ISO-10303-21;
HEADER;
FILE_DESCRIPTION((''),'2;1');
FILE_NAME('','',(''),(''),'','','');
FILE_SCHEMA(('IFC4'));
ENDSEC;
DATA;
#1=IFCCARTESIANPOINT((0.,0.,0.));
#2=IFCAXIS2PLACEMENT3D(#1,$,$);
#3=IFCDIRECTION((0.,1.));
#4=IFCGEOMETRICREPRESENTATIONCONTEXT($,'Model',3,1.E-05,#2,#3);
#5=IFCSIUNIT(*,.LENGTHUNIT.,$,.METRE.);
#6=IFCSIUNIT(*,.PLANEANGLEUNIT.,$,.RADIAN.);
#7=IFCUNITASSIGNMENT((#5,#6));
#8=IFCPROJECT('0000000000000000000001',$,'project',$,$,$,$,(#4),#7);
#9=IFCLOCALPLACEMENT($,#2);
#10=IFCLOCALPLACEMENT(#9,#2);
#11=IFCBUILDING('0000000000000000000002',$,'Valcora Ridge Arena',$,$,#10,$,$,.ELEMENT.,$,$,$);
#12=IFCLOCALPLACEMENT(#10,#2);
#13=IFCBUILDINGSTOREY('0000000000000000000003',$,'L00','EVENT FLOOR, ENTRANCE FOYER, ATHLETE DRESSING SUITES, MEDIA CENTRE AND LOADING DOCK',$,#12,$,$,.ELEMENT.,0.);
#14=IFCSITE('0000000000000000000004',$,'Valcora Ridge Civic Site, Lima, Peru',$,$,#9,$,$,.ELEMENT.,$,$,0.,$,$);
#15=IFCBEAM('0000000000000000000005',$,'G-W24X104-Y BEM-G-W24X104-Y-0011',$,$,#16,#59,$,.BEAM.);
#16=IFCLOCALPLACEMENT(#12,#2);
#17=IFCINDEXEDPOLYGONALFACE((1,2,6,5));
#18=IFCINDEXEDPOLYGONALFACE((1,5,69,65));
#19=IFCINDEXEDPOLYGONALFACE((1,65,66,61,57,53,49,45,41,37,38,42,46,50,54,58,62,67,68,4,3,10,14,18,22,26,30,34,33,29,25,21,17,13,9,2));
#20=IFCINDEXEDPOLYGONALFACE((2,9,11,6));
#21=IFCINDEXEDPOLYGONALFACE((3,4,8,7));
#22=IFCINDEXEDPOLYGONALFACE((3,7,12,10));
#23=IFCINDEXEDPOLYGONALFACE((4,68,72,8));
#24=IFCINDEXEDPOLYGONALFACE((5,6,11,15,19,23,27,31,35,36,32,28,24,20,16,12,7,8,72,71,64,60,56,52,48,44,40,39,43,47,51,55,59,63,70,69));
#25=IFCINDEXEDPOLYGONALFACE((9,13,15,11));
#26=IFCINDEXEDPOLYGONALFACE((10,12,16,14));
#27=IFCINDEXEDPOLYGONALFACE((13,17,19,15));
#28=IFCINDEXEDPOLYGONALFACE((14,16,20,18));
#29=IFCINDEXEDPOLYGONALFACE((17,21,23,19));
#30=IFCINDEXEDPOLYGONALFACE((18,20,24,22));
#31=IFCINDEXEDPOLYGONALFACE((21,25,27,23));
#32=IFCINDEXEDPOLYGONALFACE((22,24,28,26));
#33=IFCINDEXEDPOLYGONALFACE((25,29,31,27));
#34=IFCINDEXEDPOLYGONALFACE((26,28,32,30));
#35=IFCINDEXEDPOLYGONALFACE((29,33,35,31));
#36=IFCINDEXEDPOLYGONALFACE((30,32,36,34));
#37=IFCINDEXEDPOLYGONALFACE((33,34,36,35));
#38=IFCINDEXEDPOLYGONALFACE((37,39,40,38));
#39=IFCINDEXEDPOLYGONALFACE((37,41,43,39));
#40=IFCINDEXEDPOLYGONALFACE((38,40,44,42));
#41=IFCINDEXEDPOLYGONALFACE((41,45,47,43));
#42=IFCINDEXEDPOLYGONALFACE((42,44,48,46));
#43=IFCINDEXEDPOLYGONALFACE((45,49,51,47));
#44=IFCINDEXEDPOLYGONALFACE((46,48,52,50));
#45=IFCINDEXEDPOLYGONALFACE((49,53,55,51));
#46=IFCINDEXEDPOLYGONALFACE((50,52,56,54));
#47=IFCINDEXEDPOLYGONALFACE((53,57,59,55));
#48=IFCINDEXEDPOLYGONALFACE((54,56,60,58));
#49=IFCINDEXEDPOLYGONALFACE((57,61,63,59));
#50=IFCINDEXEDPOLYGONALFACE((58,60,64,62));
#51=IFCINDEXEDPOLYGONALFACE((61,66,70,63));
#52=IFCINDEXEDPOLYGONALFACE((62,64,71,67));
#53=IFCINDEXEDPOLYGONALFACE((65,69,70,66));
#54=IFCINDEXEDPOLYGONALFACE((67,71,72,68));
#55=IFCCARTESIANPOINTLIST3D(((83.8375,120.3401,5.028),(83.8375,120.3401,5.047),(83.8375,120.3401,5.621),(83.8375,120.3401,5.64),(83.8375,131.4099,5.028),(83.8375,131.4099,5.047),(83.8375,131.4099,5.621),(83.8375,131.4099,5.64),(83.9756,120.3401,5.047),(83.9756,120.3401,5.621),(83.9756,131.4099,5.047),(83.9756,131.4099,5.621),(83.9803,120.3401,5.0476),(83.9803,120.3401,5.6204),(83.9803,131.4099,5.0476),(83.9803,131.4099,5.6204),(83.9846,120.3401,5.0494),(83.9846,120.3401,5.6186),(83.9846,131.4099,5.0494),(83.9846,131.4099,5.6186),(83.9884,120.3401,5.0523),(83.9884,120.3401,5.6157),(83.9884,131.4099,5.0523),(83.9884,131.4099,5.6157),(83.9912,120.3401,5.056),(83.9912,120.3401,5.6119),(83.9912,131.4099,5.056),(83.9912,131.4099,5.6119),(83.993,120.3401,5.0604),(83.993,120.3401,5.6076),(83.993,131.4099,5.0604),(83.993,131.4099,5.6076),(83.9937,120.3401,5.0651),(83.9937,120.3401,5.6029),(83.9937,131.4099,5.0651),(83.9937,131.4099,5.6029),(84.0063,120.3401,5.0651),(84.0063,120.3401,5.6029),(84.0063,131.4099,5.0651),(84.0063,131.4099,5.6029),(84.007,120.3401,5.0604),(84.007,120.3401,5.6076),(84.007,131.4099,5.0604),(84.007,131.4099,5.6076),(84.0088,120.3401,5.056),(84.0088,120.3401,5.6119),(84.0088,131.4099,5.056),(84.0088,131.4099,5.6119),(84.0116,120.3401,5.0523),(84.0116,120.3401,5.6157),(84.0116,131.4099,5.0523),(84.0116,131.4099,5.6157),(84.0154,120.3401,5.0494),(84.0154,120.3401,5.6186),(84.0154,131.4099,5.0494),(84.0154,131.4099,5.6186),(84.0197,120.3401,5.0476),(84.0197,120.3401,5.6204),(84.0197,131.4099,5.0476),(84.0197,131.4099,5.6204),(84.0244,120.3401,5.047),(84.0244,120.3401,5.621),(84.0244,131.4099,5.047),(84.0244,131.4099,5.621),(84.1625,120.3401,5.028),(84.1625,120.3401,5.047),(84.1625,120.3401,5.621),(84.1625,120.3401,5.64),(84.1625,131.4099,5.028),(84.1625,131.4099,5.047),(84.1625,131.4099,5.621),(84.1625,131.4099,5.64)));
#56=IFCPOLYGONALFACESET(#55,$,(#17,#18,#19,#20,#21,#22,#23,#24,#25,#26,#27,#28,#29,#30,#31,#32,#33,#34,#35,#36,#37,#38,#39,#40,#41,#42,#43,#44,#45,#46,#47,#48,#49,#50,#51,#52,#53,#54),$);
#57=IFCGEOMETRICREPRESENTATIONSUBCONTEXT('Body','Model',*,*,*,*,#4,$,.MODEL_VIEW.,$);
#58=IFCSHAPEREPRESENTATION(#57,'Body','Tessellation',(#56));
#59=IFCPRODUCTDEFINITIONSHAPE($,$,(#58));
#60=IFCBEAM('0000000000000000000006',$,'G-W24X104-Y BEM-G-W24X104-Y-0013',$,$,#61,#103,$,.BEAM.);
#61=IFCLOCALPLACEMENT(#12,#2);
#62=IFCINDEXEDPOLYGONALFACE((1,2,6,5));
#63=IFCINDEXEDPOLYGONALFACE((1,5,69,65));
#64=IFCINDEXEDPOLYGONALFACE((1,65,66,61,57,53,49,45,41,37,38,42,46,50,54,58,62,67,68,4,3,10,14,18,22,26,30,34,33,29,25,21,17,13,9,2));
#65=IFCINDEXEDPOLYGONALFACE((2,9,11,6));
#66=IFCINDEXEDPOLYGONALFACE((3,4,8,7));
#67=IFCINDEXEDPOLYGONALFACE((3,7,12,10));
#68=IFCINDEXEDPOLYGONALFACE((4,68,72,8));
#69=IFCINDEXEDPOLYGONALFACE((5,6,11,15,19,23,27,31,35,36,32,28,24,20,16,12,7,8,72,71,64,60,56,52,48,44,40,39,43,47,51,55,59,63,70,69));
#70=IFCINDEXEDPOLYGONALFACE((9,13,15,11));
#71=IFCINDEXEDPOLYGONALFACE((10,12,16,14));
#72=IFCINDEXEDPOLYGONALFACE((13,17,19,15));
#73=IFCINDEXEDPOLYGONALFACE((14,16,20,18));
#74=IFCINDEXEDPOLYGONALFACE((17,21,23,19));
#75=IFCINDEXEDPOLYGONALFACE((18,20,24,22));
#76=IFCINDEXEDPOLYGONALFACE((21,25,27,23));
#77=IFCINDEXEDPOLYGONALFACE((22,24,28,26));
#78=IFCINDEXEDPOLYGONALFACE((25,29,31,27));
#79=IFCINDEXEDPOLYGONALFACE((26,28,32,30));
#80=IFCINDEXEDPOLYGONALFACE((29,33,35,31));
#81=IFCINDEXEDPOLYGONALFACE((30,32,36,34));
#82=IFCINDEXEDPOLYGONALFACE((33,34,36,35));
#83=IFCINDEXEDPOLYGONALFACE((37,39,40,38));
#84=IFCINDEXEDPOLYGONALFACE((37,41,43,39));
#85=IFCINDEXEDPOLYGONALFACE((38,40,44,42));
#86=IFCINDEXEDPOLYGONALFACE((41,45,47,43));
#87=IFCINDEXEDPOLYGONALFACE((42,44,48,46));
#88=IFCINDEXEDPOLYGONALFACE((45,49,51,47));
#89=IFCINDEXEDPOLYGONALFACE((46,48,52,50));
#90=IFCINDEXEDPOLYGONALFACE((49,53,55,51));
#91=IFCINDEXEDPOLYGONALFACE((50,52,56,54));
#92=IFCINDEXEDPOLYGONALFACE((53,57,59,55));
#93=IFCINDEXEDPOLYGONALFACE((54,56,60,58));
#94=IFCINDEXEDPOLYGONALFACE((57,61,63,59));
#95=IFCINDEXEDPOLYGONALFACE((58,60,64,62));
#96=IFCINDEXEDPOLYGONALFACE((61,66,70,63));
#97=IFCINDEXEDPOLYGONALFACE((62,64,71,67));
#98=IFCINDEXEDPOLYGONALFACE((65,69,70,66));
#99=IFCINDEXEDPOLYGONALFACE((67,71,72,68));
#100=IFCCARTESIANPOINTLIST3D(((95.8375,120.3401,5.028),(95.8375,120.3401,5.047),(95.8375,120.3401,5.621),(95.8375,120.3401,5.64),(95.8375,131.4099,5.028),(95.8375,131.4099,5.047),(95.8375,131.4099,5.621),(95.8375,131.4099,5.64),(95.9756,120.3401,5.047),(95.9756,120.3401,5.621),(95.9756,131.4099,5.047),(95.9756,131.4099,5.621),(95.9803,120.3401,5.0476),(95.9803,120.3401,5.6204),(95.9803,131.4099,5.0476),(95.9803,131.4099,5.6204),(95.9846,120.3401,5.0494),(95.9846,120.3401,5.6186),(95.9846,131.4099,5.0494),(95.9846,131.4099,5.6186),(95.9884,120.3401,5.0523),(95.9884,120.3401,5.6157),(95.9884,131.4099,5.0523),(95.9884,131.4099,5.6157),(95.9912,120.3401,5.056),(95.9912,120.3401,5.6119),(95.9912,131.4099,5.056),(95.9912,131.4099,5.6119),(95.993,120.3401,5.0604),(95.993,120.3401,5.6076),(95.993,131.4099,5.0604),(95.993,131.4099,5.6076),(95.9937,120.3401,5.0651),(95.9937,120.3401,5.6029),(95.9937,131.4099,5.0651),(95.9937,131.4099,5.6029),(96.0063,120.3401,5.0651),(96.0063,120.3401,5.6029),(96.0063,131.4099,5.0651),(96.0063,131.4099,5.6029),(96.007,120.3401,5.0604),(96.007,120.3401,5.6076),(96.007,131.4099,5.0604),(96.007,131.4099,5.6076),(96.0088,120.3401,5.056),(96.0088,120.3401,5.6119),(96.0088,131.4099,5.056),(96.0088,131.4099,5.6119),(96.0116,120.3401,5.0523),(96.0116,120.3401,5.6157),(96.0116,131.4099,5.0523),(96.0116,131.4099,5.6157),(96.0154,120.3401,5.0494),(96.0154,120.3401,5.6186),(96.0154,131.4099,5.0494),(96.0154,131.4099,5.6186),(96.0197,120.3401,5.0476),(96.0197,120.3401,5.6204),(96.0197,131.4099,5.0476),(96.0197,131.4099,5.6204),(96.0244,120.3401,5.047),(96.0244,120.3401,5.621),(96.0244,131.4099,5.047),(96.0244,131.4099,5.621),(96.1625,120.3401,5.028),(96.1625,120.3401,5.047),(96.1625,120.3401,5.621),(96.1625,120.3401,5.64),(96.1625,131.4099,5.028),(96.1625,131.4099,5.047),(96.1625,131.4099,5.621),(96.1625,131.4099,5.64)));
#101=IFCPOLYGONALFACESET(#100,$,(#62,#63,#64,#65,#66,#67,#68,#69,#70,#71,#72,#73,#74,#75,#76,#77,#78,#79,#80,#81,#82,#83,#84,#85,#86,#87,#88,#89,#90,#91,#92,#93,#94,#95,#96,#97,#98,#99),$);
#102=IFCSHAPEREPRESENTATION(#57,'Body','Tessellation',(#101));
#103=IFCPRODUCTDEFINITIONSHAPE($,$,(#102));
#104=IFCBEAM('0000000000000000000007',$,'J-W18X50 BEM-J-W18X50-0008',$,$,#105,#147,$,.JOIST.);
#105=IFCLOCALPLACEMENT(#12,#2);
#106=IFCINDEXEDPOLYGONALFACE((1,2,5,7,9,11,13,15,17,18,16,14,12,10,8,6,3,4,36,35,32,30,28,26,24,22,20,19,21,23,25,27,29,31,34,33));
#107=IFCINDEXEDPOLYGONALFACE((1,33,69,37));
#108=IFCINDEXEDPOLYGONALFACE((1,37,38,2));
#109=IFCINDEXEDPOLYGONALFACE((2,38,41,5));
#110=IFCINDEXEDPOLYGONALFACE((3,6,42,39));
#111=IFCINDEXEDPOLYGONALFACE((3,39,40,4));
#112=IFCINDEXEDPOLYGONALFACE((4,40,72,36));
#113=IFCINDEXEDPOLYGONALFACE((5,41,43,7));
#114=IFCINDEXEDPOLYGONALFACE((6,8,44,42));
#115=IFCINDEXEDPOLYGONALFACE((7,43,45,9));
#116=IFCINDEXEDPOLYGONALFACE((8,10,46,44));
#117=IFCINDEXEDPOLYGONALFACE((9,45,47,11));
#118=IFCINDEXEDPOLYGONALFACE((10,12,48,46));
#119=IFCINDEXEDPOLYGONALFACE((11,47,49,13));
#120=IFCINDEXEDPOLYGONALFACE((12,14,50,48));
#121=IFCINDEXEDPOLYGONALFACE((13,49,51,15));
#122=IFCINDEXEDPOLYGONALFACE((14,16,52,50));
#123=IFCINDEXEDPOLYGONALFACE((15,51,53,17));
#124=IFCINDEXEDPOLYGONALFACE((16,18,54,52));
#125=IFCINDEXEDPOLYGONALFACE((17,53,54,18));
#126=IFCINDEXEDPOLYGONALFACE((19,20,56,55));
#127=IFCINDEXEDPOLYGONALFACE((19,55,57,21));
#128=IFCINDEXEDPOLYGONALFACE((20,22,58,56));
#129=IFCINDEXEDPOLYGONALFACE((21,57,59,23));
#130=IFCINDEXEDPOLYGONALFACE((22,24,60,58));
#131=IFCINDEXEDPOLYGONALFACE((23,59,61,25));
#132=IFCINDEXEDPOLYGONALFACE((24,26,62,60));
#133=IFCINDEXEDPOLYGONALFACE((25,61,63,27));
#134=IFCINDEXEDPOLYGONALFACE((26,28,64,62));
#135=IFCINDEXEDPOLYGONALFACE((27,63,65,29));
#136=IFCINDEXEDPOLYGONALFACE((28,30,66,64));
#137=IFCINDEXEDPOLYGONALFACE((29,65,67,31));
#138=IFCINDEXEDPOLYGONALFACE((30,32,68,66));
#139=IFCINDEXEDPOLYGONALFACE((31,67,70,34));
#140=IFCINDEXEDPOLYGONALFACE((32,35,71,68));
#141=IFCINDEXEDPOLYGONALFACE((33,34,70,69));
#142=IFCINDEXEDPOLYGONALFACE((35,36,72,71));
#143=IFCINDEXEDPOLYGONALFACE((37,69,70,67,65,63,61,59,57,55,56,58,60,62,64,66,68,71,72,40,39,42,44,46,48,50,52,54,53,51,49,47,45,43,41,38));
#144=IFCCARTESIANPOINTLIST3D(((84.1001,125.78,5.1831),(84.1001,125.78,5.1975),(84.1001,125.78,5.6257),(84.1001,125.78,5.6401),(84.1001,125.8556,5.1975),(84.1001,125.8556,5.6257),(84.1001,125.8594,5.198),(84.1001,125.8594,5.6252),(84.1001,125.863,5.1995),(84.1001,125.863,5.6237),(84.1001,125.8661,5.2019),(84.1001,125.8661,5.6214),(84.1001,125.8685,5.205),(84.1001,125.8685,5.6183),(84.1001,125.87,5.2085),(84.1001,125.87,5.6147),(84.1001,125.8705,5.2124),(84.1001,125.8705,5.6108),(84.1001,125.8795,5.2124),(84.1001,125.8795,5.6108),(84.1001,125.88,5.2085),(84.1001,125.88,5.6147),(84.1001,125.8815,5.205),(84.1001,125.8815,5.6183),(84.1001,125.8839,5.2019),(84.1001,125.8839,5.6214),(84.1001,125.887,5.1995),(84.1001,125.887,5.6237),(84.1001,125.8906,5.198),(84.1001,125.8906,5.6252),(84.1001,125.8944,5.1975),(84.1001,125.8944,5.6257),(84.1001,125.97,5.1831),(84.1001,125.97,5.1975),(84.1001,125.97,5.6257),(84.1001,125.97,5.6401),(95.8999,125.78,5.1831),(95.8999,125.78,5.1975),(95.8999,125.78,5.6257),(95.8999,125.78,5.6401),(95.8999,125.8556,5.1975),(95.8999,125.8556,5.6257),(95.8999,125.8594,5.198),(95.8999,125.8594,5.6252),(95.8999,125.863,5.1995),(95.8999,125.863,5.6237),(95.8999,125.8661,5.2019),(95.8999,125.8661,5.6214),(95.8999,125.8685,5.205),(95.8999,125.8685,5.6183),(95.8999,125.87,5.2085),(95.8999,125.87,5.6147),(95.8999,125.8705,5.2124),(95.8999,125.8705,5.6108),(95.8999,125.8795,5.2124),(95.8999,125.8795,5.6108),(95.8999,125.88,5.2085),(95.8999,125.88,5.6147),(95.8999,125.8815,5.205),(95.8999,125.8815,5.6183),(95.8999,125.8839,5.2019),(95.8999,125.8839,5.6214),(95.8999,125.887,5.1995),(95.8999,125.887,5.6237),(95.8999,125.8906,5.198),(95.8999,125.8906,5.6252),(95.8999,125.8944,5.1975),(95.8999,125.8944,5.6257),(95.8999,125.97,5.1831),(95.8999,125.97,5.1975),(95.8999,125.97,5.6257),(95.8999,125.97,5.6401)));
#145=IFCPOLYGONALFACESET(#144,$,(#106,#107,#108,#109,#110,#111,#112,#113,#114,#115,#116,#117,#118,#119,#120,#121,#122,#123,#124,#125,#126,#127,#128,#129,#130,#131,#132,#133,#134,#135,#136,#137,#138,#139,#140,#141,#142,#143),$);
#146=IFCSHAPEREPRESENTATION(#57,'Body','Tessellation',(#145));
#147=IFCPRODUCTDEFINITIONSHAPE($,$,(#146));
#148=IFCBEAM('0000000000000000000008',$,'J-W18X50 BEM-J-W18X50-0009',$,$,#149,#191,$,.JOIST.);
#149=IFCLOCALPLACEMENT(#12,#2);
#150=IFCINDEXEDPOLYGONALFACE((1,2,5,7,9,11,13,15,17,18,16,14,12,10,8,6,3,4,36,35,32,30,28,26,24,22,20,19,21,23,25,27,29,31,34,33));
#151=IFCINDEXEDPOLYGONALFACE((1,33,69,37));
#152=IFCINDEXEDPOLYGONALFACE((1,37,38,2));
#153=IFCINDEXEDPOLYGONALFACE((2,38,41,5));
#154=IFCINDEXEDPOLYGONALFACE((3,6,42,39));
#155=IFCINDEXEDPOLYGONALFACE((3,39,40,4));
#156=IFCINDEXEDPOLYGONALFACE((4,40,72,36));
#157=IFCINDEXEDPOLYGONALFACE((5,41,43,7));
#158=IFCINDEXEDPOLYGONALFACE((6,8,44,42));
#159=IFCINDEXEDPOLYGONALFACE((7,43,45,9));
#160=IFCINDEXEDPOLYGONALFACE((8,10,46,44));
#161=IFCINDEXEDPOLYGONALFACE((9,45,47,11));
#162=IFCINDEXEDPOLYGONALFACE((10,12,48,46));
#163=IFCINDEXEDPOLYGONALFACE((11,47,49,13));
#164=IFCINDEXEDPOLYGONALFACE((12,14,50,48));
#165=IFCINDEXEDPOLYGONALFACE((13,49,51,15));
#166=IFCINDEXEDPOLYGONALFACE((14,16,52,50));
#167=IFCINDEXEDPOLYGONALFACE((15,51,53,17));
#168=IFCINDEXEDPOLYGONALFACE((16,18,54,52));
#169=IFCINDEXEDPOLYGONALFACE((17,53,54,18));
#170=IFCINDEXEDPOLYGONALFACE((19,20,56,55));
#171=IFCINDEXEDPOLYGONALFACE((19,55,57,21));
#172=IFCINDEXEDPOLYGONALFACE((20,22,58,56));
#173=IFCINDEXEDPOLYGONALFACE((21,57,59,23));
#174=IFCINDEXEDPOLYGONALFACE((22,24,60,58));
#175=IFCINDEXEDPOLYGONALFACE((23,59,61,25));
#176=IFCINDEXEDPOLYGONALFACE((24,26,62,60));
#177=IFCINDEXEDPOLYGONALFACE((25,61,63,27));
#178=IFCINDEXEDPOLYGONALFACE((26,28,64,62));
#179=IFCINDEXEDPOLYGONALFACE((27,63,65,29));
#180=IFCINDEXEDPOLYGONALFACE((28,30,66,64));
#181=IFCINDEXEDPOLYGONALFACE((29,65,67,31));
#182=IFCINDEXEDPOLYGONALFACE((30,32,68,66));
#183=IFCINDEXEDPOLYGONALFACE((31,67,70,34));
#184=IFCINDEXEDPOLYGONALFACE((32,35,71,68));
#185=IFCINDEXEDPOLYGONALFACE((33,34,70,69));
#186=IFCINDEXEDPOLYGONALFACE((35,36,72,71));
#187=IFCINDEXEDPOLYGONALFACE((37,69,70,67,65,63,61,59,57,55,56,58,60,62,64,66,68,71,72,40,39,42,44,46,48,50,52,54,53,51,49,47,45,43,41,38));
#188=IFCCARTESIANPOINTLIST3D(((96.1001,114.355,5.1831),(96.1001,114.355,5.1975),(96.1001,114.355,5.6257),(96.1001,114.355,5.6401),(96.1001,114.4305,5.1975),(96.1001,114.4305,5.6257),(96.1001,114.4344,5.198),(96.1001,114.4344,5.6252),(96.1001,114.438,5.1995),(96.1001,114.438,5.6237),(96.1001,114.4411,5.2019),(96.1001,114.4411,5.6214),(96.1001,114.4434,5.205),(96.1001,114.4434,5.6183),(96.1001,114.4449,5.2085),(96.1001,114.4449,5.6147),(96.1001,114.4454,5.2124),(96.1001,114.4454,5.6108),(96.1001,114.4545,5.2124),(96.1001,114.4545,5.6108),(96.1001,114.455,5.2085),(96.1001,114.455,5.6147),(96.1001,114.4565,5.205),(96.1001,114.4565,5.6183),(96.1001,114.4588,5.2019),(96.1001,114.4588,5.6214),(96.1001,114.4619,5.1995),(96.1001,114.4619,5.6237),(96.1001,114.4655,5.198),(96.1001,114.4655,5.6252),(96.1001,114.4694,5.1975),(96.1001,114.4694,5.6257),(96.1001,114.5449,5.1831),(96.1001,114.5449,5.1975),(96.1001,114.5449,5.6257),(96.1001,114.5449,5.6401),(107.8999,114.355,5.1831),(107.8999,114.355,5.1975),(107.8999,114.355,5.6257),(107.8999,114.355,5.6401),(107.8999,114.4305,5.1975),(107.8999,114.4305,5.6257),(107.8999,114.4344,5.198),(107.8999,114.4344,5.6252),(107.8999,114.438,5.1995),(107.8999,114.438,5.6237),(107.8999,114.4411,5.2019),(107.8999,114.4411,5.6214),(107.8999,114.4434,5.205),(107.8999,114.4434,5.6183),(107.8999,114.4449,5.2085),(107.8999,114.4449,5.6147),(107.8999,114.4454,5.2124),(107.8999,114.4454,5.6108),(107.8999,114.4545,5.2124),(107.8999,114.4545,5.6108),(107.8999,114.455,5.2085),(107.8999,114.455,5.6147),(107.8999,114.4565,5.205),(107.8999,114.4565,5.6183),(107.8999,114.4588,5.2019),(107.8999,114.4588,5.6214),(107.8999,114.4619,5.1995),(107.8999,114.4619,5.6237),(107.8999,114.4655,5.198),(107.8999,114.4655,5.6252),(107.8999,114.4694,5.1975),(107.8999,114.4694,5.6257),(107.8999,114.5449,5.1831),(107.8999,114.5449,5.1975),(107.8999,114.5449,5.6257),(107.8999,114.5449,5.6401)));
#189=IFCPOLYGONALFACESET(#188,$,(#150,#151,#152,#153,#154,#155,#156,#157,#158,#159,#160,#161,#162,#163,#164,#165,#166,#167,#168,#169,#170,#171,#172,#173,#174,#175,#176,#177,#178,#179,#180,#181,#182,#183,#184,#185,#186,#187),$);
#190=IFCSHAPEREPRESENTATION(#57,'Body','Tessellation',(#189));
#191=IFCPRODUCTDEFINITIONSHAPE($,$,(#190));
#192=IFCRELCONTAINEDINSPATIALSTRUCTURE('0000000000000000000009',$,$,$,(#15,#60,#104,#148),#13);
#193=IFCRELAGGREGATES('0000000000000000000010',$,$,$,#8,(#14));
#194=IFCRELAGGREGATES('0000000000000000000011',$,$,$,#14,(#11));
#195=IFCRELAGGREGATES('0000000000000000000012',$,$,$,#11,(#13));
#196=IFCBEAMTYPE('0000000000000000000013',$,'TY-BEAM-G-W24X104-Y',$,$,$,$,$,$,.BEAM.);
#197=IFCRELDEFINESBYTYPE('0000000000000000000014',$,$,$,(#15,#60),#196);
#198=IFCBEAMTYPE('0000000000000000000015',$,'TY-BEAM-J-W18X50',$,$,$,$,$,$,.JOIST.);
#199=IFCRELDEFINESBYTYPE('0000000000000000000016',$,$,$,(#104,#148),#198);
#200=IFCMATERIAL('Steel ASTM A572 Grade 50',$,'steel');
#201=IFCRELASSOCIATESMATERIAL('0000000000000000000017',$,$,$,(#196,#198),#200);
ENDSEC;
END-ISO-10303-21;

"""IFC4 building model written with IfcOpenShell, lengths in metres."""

from ifc_helpers import new_model, si_unit, direction, frame, origin, origin_2d, place, context, subcontext, project, spatial, i_section, extrude, material, material_profile, profile_set, type_object, element, save


model = new_model("IFC4")

# Units and contexts
model_context = context("Model", 3, precision=1e-05, world=origin(), true_north=direction((0.0, 1.0)))
body_context = subcontext(model_context, "Body", "Model", "MODEL_VIEW")
ifc_project = project(units=[si_unit("LENGTHUNIT", "METRE"), si_unit("PLANEANGLEUNIT", "RADIAN")], contexts=[model_context])

# Site, building, storey
site_placement = place(None, origin())
site = spatial("IfcSite", under=ifc_project, at=site_placement, Name="Valcora Ridge Civic Site, Lima, Peru", CompositionType="ELEMENT", RefElevation=0.0)
building_placement = place(site_placement, origin())
building = spatial("IfcBuilding", under=site, at=building_placement, Name="Valcora Ridge Arena", CompositionType="ELEMENT")
storey_placement = place(building_placement, origin())
storey = spatial("IfcBuildingStorey", under=building, at=storey_placement, Name="L00", Description="EVENT FLOOR, ENTRANCE FOYER, ATHLETE DRESSING SUITES, MEDIA CENTRE AND LOADING DOCK", CompositionType="ELEMENT", Elevation=0.0)

# Beams
ifc_material_1 = material(Name="Steel ASTM A572 Grade 50", Category="steel")
ifc_material_profile_1 = material_profile(ifc_material_1, i_section(OverallWidth=0.325, OverallDepth=0.6121, WebThickness=0.0127, FlangeThickness=0.019, FilletRadius=0.0181, at=origin_2d()), Name="W24X104")
ifc_profile_set_1 = profile_set([ifc_material_profile_1], Name="Steel ASTM A572 Grade 50")
beam_type_1 = type_object("IfcBeamType", Name="TY-BEAM-G-W24X104-Y", PredefinedType="BEAM", material=ifc_profile_set_1)
for number, where, z_axis, x_axis, name in (
    (1, (84.0, 120.3401, 5.334), (0.0, 1.0, 0.0), (-1.0, 0.0, 0.0), "G-W24X104-Y BEM-G-W24X104-Y-0011"),
    (2, (96.0, 120.3401, 5.334), (0.0, 1.0, 0.0), (-1.0, 0.0, 0.0), "G-W24X104-Y BEM-G-W24X104-Y-0013"),
):
    element("IfcBeam", number, at=place(storey_placement, frame(where, z_axis=z_axis, x_axis=x_axis)), inside=storey, type_object=beam_type_1, Name=name, PredefinedType="BEAM", context=body_context, shape_type="SweptSolid", body=[
        extrude(i_section(OverallWidth=0.325, OverallDepth=0.6121, WebThickness=0.0127, FlangeThickness=0.019, FilletRadius=0.0181, at=origin_2d()), origin(), (0.0, 0.0, 1.0), 11.0698),
    ])
ifc_material_profile_2 = material_profile(ifc_material_1, i_section(OverallWidth=0.1899, OverallDepth=0.457, WebThickness=0.009, FlangeThickness=0.0144, FilletRadius=0.0149, at=origin_2d()), Name="W18X50")
ifc_profile_set_2 = profile_set([ifc_material_profile_2], Name="Steel ASTM A572 Grade 50")
beam_type_2 = type_object("IfcBeamType", Name="TY-BEAM-J-W18X50", PredefinedType="JOIST", material=ifc_profile_set_2)
for number, where, z_axis, x_axis, name in (
    (3, (84.1001, 125.875, 5.4116), (1.0, 0.0, 0.0), (0.0, 1.0, 0.0), "J-W18X50 BEM-J-W18X50-0008"),
    (4, (96.1001, 114.45, 5.4116), (1.0, 0.0, 0.0), (0.0, 1.0, 0.0), "J-W18X50 BEM-J-W18X50-0009"),
):
    element("IfcBeam", number, at=place(storey_placement, frame(where, z_axis=z_axis, x_axis=x_axis)), inside=storey, type_object=beam_type_2, Name=name, PredefinedType="JOIST", context=body_context, shape_type="SweptSolid", body=[
        extrude(i_section(OverallWidth=0.1899, OverallDepth=0.457, WebThickness=0.009, FlangeThickness=0.0144, FilletRadius=0.0149, at=origin_2d()), origin(), (0.0, 0.0, 1.0), 11.7998),
    ])

save(model, "model.ifc")
